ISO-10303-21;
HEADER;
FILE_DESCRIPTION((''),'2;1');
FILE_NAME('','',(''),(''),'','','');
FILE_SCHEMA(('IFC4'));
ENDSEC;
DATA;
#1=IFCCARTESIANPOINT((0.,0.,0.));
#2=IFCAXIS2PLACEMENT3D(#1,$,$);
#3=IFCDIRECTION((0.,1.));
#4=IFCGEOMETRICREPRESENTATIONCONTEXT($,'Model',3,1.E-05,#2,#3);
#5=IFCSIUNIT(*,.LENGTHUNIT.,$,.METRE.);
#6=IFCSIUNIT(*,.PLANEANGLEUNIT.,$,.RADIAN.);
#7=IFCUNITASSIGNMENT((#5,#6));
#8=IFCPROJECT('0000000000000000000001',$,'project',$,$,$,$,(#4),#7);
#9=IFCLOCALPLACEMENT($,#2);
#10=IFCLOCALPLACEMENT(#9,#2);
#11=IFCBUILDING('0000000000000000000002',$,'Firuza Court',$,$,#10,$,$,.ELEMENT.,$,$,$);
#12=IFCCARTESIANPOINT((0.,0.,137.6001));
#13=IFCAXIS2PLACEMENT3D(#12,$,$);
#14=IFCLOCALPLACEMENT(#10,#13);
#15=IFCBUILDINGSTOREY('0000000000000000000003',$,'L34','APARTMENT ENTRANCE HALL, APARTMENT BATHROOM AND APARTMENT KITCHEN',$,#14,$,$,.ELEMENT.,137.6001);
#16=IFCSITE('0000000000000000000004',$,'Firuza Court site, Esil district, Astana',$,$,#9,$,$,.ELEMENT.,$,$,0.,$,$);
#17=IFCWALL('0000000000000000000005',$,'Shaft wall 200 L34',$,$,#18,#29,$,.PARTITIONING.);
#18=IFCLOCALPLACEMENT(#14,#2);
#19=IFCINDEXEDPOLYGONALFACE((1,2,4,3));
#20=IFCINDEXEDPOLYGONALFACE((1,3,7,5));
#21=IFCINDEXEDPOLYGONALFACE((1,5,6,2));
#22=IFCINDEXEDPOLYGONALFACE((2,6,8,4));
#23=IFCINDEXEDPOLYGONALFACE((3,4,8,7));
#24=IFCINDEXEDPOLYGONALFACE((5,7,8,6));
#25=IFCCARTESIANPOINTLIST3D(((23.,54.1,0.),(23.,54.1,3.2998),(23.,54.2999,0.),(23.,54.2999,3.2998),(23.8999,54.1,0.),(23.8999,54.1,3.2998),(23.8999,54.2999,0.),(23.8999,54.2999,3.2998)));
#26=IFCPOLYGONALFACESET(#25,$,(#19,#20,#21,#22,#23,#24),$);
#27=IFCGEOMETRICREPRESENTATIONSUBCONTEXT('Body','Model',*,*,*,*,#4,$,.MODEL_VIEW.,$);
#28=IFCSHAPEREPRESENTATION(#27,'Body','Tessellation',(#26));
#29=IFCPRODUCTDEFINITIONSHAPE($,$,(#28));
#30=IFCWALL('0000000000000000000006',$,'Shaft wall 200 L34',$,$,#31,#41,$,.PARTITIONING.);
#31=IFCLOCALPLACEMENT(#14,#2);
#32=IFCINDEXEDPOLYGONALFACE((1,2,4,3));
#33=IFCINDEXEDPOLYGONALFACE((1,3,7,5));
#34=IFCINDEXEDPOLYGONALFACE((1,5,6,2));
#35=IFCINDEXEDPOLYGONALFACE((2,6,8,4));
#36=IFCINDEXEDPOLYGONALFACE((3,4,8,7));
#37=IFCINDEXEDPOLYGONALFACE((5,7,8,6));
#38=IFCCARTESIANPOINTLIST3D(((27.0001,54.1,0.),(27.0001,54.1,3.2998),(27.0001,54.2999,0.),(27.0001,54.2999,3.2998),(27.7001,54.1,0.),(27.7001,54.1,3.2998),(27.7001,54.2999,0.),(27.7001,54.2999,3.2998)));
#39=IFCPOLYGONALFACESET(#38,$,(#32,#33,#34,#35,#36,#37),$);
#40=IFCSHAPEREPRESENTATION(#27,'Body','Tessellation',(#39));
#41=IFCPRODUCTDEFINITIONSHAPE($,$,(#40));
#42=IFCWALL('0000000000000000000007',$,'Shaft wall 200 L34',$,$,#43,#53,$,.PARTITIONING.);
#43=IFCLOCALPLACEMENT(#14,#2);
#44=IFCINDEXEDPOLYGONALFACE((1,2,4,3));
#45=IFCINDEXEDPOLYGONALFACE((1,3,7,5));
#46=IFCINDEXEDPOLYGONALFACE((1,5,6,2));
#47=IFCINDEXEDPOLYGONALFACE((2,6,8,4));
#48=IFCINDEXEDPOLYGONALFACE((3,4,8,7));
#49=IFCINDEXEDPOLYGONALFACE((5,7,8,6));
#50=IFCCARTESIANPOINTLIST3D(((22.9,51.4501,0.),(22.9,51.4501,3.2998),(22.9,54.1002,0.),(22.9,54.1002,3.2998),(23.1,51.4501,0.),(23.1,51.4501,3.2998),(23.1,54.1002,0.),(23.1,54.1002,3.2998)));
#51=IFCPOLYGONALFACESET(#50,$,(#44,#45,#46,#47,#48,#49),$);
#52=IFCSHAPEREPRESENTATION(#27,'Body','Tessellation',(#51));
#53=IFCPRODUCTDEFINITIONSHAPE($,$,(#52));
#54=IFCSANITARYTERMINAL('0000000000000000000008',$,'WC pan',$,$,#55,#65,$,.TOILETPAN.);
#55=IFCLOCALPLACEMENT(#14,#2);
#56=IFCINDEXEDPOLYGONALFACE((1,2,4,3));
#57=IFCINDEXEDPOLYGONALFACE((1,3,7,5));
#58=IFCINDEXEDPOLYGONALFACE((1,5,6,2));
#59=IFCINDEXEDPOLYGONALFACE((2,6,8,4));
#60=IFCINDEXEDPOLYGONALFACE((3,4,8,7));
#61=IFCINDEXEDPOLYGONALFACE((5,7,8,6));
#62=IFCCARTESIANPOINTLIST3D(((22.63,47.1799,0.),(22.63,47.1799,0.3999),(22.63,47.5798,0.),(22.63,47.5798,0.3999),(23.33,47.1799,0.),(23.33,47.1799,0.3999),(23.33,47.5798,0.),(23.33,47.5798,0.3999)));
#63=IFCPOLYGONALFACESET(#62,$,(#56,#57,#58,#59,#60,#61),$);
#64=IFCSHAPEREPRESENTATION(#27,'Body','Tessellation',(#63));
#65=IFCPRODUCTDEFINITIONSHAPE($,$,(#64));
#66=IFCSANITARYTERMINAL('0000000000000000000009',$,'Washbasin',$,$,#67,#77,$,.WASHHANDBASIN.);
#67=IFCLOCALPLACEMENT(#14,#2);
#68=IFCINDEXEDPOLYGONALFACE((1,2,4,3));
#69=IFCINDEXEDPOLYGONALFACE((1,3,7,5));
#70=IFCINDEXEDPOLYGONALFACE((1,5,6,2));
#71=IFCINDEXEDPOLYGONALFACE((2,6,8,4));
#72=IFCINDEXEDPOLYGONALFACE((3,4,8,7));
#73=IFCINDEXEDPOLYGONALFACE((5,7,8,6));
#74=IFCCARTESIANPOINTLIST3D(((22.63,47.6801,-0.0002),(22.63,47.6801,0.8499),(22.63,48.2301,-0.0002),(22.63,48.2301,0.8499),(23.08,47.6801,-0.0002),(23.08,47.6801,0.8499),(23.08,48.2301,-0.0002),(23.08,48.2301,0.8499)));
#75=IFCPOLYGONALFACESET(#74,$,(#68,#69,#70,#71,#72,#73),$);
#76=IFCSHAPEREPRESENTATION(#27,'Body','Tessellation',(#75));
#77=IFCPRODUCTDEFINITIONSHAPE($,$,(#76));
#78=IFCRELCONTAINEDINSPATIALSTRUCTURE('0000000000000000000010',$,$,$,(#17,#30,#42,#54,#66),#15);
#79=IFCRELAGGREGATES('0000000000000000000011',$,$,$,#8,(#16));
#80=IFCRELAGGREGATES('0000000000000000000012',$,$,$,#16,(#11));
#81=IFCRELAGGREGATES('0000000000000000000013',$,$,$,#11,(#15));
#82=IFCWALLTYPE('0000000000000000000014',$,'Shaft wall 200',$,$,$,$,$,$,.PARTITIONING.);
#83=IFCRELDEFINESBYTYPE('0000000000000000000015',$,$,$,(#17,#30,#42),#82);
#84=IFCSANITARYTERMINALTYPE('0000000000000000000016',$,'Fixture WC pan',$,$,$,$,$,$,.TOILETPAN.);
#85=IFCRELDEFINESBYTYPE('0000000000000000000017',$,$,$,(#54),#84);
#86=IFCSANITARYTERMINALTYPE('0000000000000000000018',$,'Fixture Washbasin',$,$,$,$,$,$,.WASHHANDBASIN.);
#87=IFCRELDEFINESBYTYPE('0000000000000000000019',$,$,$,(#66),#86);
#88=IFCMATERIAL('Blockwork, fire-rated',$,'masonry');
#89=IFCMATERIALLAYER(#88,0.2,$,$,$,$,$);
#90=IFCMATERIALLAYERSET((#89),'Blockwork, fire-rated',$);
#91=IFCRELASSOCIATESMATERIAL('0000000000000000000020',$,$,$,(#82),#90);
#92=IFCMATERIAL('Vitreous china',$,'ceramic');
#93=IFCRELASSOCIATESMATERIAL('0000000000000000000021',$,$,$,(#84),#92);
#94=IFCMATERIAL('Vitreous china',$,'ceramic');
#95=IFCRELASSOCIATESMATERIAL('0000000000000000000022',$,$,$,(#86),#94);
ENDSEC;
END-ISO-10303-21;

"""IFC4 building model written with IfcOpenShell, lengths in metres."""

from ifc_helpers import new_model, si_unit, direction, frame, frame_2d, origin, origin_2d, place, context, subcontext, project, spatial, rectangle, extrude, material, layer, layer_set, type_object, element, save


model = new_model("IFC4")

# Units and contexts
model_context = context("Model", 3, precision=1e-05, world=origin(), true_north=direction((0.0, 1.0)))
body_context = subcontext(model_context, "Body", "Model", "MODEL_VIEW")
ifc_project = project(units=[si_unit("LENGTHUNIT", "METRE"), si_unit("PLANEANGLEUNIT", "RADIAN")], contexts=[model_context])

# Site, building, storey
site_placement = place(None, origin())
site = spatial("IfcSite", under=ifc_project, at=site_placement, Name="Firuza Court site, Esil district, Astana", CompositionType="ELEMENT", RefElevation=0.0)
building_placement = place(site_placement, origin())
building = spatial("IfcBuilding", under=site, at=building_placement, Name="Firuza Court", CompositionType="ELEMENT")
storey_placement = place(building_placement, frame((0.0, 0.0, 137.6001)))
storey = spatial("IfcBuildingStorey", under=building, at=storey_placement, Name="L34", Description="APARTMENT ENTRANCE HALL, APARTMENT BATHROOM AND APARTMENT KITCHEN", CompositionType="ELEMENT", Elevation=137.6001)

# Shared definitions
ifc_material_1 = material(Name="Blockwork, fire-rated", Category="masonry")

# Shared definitions
ifc_layer_1 = layer(ifc_material_1, 0.2)
ifc_layer_set_1 = layer_set([ifc_layer_1], Name="Blockwork, fire-rated")
wall_type_1 = type_object("IfcWallType", Name="Shaft wall 200", PredefinedType="PARTITIONING", material=ifc_layer_set_1)

# Walls
wall_1_placement = place(storey_placement, frame((23.0, 54.2, 0.0), z_axis=(0.0, 0.0, 1.0), x_axis=(1.0, 0.0, 0.0)))
element("IfcWall", 1, at=wall_1_placement, inside=storey, type_object=wall_type_1, Name="Shaft wall 200 L34", PredefinedType="PARTITIONING", context=body_context, shape_type="SweptSolid", body=[
    extrude(rectangle(XDim=0.8999, YDim=0.2, at=frame_2d((0.45, 0.0))), origin(), (0.0, 0.0, 1.0), 3.2998),
])
wall_2_placement = place(storey_placement, frame((27.0, 54.2, 0.0), z_axis=(0.0, 0.0, 1.0), x_axis=(1.0, 0.0, 0.0)))
element("IfcWall", 2, at=wall_2_placement, inside=storey, type_object=wall_type_1, Name="Shaft wall 200 L34", PredefinedType="PARTITIONING", context=body_context, shape_type="SweptSolid", body=[
    extrude(rectangle(XDim=0.7, YDim=0.2, at=frame_2d((0.3501, 0.0))), origin(), (0.0, 0.0, 1.0), 3.2998),
])
wall_3_placement = place(storey_placement, frame((23.0, 51.45, 0.0), z_axis=(0.0, 0.0, 1.0), x_axis=(0.0, 1.0, 0.0)))
element("IfcWall", 3, at=wall_3_placement, inside=storey, type_object=wall_type_1, Name="Shaft wall 200 L34", PredefinedType="PARTITIONING", context=body_context, shape_type="SweptSolid", body=[
    extrude(rectangle(XDim=2.6501, YDim=0.2, at=frame_2d((1.3252, 0.0))), origin(), (0.0, 0.0, 1.0), 3.2998),
])

# Sanitary terminals
ifc_material_2 = material(Name="Vitreous china", Category="ceramic")
sanitary_terminal_type_1 = type_object("IfcSanitaryTerminalType", Name="Fixture WC pan", PredefinedType="TOILETPAN", material=ifc_material_2)
sanitary_terminal_1_placement = place(storey_placement, frame((22.98, 47.3799, 0.0), z_axis=(0.0, 0.0, 1.0), x_axis=(1.0, 0.0, 0.0)))
element("IfcSanitaryTerminal", 4, at=sanitary_terminal_1_placement, inside=storey, type_object=sanitary_terminal_type_1, Name="WC pan", PredefinedType="TOILETPAN", context=body_context, shape_type="SweptSolid", body=[
    extrude(rectangle(XDim=0.7, YDim=0.3999, at=origin_2d()), origin(), (0.0, 0.0, 1.0), 0.3999),
])
ifc_material_3 = material(Name="Vitreous china", Category="ceramic")
sanitary_terminal_type_2 = type_object("IfcSanitaryTerminalType", Name="Fixture Washbasin", PredefinedType="WASHHANDBASIN", material=ifc_material_3)
sanitary_terminal_2_placement = place(storey_placement, frame((22.855, 47.9551, -0.0002), z_axis=(0.0, 0.0, 1.0), x_axis=(1.0, 0.0, 0.0)))
element("IfcSanitaryTerminal", 5, at=sanitary_terminal_2_placement, inside=storey, type_object=sanitary_terminal_type_2, Name="Washbasin", PredefinedType="WASHHANDBASIN", context=body_context, shape_type="SweptSolid", body=[
    extrude(rectangle(XDim=0.45, YDim=0.55, at=origin_2d()), origin(), (0.0, 0.0, 1.0), 0.8501),
])

save(model, "model.ifc")
